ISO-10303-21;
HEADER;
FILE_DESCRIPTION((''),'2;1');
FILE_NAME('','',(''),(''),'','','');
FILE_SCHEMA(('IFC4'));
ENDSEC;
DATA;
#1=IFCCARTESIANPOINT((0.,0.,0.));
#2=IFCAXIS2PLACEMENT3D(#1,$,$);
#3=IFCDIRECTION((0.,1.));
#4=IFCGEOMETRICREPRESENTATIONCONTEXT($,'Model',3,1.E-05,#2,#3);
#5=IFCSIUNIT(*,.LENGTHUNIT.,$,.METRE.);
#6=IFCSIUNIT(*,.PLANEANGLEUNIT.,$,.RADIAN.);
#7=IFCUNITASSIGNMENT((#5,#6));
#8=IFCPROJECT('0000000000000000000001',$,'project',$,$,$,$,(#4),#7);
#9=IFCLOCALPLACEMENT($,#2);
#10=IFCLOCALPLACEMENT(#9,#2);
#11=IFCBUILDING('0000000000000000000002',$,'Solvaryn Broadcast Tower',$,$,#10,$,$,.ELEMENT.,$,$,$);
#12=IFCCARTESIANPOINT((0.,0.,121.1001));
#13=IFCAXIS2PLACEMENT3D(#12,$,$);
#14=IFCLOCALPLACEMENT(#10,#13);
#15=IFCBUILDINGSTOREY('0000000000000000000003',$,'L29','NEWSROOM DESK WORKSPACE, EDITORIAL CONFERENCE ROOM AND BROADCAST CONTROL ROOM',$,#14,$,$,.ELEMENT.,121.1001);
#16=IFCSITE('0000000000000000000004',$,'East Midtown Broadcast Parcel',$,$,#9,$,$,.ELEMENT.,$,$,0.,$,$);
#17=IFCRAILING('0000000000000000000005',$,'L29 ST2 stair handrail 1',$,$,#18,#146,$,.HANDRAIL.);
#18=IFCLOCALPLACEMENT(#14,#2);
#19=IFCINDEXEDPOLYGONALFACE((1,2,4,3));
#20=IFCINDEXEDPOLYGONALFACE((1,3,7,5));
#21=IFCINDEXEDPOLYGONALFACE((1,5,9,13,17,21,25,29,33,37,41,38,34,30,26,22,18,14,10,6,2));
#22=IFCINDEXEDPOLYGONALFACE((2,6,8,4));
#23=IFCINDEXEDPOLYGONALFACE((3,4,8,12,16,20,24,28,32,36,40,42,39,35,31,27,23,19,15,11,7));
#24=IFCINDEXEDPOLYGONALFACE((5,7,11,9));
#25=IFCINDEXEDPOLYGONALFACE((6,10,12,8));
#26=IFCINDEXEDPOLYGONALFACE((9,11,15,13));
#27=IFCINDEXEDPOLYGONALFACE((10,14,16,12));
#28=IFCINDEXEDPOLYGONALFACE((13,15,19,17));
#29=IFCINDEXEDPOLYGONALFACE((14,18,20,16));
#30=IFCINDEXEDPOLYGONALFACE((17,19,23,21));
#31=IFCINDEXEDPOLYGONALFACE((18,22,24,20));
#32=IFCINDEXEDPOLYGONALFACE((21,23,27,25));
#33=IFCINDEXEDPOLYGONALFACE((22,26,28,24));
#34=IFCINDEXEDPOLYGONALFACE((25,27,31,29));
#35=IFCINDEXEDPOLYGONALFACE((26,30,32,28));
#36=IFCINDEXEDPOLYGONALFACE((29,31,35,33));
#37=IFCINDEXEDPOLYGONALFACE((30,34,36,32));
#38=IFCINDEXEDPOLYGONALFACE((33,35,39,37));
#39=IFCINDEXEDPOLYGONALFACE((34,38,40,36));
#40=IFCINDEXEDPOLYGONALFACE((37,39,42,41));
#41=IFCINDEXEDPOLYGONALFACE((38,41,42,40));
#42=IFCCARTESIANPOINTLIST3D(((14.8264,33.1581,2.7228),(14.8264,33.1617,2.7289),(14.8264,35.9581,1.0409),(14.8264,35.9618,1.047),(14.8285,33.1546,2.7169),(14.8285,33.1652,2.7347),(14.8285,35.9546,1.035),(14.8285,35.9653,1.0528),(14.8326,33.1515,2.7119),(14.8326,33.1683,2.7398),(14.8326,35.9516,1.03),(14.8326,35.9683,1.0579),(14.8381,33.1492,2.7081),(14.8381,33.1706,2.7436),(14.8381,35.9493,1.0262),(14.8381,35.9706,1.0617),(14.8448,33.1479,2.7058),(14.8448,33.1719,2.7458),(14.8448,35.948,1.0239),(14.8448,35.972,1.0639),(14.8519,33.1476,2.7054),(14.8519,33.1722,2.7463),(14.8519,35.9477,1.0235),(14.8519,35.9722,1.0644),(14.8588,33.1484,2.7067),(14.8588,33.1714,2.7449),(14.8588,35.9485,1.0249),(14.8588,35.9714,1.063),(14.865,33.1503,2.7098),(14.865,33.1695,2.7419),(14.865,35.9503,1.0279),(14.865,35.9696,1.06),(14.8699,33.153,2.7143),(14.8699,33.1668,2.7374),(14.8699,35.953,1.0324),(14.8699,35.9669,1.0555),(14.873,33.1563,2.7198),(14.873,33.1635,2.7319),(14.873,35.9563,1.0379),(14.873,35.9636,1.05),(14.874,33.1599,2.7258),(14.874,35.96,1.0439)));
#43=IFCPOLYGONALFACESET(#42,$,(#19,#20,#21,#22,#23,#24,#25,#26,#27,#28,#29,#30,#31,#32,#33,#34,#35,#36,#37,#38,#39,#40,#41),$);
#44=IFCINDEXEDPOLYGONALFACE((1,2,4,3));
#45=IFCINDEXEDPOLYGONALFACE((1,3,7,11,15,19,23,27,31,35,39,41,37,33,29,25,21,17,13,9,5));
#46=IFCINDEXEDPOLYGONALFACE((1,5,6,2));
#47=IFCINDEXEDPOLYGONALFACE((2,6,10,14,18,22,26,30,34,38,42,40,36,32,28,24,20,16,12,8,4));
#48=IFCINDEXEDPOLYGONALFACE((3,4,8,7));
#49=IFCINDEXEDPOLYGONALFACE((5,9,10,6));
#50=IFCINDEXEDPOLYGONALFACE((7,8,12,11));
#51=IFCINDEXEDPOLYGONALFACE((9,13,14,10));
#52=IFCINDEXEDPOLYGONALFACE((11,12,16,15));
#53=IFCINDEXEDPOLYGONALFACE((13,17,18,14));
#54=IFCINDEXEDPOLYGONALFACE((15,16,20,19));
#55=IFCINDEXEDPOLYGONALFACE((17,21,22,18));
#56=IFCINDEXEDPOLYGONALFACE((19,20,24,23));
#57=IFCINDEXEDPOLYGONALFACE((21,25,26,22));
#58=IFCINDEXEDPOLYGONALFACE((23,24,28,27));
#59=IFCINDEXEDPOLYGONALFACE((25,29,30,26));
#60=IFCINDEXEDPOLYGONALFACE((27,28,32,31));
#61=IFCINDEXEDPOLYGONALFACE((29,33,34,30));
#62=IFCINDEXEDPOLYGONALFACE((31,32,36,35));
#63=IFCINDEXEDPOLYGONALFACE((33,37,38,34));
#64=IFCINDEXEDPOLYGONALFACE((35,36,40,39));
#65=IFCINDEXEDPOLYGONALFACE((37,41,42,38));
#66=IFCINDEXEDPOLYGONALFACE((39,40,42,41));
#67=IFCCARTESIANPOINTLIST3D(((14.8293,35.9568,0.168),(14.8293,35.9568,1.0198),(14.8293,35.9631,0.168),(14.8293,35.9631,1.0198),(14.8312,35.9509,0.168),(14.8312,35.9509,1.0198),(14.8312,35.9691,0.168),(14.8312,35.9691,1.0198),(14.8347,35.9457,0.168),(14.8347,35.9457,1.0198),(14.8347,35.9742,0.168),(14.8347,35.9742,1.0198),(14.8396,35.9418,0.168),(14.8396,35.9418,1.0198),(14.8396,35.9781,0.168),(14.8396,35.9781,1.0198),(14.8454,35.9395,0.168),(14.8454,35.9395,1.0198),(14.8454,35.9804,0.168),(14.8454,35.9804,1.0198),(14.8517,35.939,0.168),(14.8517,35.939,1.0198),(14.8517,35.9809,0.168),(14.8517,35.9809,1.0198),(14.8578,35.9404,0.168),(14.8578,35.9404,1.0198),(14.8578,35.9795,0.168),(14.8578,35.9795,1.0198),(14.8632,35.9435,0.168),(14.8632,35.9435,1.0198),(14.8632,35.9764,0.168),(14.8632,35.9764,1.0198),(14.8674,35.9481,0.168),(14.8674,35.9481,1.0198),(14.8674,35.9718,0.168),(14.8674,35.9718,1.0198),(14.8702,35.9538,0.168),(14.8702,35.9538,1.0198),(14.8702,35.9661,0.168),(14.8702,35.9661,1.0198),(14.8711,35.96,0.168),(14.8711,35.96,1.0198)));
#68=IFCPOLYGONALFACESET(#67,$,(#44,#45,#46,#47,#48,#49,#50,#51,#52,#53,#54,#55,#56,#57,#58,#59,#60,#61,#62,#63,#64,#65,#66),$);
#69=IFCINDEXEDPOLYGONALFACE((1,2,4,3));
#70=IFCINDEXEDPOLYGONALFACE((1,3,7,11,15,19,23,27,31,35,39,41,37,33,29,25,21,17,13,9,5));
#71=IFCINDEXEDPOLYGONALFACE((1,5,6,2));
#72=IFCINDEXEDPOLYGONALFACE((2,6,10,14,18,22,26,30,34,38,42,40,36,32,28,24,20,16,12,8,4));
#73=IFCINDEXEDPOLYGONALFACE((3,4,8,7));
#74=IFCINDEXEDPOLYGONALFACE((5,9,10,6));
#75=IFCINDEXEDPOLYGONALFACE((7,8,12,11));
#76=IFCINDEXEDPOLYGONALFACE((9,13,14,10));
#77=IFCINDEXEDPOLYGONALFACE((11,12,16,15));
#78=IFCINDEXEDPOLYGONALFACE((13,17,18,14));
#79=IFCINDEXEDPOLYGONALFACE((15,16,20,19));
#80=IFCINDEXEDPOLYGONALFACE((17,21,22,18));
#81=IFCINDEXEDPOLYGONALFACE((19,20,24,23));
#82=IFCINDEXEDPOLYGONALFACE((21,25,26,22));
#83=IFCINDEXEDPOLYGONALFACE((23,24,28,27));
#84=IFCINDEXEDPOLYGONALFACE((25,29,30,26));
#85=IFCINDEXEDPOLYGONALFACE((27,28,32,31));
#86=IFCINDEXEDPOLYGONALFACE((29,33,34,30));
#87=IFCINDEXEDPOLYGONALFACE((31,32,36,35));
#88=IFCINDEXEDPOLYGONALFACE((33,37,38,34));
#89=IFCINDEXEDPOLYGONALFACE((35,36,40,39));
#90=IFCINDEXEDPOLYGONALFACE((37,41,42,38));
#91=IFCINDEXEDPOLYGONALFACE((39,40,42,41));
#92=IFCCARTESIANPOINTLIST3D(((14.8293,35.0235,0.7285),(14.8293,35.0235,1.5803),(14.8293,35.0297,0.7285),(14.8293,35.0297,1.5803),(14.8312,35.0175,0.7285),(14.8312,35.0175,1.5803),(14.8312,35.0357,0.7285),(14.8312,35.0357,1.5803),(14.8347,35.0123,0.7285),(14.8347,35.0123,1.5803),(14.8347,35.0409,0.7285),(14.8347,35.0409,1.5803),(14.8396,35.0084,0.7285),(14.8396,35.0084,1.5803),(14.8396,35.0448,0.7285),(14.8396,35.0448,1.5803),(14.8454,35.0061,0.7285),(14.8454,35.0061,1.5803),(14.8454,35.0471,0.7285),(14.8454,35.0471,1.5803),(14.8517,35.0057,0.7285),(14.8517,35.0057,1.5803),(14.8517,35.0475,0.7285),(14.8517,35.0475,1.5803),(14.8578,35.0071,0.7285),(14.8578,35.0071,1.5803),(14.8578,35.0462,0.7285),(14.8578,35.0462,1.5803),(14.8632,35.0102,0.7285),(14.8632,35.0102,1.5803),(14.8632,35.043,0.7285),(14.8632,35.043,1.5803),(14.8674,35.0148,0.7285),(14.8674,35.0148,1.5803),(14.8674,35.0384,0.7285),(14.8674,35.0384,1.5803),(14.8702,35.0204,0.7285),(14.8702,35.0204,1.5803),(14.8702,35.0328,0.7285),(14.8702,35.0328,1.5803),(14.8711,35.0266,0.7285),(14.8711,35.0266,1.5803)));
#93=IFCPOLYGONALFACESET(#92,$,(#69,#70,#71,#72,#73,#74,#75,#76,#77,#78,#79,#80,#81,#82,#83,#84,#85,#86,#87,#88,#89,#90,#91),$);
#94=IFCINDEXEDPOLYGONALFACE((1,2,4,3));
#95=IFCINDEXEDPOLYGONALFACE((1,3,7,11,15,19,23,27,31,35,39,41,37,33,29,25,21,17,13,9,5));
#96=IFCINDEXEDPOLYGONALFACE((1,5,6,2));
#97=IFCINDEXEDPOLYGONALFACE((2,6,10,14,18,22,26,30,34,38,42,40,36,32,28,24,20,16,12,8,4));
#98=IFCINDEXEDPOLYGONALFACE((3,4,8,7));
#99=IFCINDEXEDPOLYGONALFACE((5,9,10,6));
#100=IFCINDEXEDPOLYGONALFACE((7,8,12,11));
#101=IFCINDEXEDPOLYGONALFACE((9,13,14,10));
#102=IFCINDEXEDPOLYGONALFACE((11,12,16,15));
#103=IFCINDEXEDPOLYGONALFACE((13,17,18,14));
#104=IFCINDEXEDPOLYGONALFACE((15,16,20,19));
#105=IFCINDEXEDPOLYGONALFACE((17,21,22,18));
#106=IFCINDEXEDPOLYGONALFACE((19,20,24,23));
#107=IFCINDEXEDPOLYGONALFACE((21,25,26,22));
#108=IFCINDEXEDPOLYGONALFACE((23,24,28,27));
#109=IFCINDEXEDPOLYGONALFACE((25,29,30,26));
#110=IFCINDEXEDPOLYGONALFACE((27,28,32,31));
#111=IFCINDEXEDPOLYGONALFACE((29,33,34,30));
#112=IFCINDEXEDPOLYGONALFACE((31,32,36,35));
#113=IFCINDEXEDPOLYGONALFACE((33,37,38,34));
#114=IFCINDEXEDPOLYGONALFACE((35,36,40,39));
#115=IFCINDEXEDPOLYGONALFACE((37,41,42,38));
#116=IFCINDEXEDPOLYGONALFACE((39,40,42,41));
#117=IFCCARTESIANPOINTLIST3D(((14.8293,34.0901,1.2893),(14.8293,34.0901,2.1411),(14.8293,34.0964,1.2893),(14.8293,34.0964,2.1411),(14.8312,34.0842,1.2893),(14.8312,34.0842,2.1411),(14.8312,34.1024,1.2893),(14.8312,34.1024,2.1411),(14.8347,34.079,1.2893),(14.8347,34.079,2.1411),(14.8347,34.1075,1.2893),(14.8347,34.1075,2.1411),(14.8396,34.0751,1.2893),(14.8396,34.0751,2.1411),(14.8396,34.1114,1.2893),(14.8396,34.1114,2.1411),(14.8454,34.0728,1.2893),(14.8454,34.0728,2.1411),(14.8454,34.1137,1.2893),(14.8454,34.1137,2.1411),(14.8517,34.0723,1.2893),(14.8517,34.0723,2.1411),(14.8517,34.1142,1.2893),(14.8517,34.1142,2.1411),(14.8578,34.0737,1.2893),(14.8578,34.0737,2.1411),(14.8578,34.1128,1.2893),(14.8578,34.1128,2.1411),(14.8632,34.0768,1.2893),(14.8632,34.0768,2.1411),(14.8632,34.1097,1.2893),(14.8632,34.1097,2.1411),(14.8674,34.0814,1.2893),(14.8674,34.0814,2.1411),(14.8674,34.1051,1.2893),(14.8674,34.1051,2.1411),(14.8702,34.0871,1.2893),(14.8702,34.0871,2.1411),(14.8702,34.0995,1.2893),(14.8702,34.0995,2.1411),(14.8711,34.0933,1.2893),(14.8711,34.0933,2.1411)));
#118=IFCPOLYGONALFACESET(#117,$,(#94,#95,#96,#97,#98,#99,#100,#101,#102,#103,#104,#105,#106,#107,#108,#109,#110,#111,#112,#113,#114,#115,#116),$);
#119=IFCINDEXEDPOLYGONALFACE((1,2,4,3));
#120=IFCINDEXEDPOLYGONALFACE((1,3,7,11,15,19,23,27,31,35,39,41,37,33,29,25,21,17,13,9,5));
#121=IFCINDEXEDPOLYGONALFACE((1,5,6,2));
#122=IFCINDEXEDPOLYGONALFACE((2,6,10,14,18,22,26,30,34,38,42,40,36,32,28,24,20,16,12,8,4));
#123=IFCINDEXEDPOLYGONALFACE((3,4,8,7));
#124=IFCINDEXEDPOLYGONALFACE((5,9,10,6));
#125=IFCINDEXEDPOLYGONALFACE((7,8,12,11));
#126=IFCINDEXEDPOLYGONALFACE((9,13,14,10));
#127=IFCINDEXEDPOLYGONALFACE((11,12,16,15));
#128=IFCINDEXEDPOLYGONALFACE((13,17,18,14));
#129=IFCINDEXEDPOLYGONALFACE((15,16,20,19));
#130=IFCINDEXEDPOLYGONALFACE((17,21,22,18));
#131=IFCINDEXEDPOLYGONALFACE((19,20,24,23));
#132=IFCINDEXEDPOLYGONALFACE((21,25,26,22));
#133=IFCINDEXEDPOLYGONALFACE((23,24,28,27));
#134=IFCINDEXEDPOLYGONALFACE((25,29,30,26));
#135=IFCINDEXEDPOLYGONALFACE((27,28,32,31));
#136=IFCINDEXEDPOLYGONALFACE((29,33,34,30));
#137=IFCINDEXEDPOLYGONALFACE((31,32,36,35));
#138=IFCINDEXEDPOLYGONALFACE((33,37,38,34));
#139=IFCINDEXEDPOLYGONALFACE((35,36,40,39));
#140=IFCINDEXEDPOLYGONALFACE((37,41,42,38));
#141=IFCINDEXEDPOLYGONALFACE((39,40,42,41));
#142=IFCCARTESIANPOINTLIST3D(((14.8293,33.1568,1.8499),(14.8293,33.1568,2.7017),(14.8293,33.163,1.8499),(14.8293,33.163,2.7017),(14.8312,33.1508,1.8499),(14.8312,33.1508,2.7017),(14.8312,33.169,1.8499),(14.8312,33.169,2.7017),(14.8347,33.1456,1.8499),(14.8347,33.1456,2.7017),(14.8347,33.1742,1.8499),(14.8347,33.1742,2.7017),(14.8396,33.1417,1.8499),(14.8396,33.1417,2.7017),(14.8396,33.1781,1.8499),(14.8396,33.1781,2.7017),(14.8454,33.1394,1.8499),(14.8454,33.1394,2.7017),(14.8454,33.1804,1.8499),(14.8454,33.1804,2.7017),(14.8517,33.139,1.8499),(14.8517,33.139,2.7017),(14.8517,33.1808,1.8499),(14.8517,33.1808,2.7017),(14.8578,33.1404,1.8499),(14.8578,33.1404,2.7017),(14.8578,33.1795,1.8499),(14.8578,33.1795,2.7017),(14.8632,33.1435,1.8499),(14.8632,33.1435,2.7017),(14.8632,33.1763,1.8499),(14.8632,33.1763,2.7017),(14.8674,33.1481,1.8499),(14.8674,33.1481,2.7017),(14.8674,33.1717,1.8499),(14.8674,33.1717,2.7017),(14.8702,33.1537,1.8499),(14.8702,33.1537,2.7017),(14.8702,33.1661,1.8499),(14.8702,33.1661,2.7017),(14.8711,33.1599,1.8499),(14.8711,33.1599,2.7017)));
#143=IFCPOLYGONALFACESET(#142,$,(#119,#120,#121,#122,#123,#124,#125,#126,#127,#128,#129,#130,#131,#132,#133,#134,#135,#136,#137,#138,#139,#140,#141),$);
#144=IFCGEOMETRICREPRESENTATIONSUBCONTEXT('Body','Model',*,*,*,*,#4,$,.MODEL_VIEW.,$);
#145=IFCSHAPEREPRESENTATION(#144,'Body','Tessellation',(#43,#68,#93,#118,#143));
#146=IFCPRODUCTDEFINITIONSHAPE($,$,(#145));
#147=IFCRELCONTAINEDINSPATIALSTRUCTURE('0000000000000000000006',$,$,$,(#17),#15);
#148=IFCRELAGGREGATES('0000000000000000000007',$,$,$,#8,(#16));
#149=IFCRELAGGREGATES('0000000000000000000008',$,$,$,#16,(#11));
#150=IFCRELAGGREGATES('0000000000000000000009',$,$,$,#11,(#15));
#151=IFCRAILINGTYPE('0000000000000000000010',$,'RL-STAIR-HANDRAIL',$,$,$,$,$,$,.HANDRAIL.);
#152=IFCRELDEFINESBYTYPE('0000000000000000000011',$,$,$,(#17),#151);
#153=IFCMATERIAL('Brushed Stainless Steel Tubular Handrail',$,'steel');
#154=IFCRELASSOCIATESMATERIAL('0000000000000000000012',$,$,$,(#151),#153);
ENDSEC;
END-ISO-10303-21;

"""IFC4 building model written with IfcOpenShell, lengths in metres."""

from ifc_helpers import new_model, si_unit, direction, frame, origin, origin_2d, place, context, subcontext, project, spatial, circle, extrude, material, type_object, element, save


model = new_model("IFC4")

# Units and contexts
model_context = context("Model", 3, precision=1e-05, world=origin(), true_north=direction((0.0, 1.0)))
body_context = subcontext(model_context, "Body", "Model", "MODEL_VIEW")
ifc_project = project(units=[si_unit("LENGTHUNIT", "METRE"), si_unit("PLANEANGLEUNIT", "RADIAN")], contexts=[model_context])

# Site, building, storey
site_placement = place(None, origin())
site = spatial("IfcSite", under=ifc_project, at=site_placement, Name="East Midtown Broadcast Parcel", CompositionType="ELEMENT", RefElevation=0.0)
building_placement = place(site_placement, origin())
building = spatial("IfcBuilding", under=site, at=building_placement, Name="Solvaryn Broadcast Tower", CompositionType="ELEMENT")
storey_placement = place(building_placement, frame((0.0, 0.0, 121.1001)))
storey = spatial("IfcBuildingStorey", under=building, at=storey_placement, Name="L29", Description="NEWSROOM DESK WORKSPACE, EDITORIAL CONFERENCE ROOM AND BROADCAST CONTROL ROOM", CompositionType="ELEMENT", Elevation=121.1001)

# Railing
ifc_material_1 = material(Name="Brushed Stainless Steel Tubular Handrail", Category="steel")
railing_type_1 = type_object("IfcRailingType", Name="RL-STAIR-HANDRAIL", PredefinedType="HANDRAIL", material=ifc_material_1)
railing_1_placement = place(storey_placement, frame((14.8501, 35.96, 0.168)))
element("IfcRailing", 1, at=railing_1_placement, inside=storey, type_object=railing_type_1, Name="L29 ST2 stair handrail 1", PredefinedType="HANDRAIL", context=body_context, shape_type="SweptSolid", body=[
    extrude(circle(Radius=0.0239, at=origin_2d()), frame((0.0, 0.0, 0.876), z_axis=(0.0, -0.857242, 0.514913), x_axis=(1.0, 0.0, 0.0)), (0.0, 0.0, 1.0), 3.2664),
    extrude(circle(Radius=0.021, at=origin_2d()), origin(), (0.0, 0.0, 1.0), 0.8518),
    extrude(circle(Radius=0.021, at=origin_2d()), frame((0.0, -0.9333, 0.5605)), (0.0, 0.0, 1.0), 0.8518),
    extrude(circle(Radius=0.021, at=origin_2d()), frame((0.0, -1.8667, 1.1213)), (0.0, 0.0, 1.0), 0.8518),
    extrude(circle(Radius=0.021, at=origin_2d()), frame((0.0, -2.8, 1.6819)), (0.0, 0.0, 1.0), 0.8518),
])

save(model, "model.ifc")
